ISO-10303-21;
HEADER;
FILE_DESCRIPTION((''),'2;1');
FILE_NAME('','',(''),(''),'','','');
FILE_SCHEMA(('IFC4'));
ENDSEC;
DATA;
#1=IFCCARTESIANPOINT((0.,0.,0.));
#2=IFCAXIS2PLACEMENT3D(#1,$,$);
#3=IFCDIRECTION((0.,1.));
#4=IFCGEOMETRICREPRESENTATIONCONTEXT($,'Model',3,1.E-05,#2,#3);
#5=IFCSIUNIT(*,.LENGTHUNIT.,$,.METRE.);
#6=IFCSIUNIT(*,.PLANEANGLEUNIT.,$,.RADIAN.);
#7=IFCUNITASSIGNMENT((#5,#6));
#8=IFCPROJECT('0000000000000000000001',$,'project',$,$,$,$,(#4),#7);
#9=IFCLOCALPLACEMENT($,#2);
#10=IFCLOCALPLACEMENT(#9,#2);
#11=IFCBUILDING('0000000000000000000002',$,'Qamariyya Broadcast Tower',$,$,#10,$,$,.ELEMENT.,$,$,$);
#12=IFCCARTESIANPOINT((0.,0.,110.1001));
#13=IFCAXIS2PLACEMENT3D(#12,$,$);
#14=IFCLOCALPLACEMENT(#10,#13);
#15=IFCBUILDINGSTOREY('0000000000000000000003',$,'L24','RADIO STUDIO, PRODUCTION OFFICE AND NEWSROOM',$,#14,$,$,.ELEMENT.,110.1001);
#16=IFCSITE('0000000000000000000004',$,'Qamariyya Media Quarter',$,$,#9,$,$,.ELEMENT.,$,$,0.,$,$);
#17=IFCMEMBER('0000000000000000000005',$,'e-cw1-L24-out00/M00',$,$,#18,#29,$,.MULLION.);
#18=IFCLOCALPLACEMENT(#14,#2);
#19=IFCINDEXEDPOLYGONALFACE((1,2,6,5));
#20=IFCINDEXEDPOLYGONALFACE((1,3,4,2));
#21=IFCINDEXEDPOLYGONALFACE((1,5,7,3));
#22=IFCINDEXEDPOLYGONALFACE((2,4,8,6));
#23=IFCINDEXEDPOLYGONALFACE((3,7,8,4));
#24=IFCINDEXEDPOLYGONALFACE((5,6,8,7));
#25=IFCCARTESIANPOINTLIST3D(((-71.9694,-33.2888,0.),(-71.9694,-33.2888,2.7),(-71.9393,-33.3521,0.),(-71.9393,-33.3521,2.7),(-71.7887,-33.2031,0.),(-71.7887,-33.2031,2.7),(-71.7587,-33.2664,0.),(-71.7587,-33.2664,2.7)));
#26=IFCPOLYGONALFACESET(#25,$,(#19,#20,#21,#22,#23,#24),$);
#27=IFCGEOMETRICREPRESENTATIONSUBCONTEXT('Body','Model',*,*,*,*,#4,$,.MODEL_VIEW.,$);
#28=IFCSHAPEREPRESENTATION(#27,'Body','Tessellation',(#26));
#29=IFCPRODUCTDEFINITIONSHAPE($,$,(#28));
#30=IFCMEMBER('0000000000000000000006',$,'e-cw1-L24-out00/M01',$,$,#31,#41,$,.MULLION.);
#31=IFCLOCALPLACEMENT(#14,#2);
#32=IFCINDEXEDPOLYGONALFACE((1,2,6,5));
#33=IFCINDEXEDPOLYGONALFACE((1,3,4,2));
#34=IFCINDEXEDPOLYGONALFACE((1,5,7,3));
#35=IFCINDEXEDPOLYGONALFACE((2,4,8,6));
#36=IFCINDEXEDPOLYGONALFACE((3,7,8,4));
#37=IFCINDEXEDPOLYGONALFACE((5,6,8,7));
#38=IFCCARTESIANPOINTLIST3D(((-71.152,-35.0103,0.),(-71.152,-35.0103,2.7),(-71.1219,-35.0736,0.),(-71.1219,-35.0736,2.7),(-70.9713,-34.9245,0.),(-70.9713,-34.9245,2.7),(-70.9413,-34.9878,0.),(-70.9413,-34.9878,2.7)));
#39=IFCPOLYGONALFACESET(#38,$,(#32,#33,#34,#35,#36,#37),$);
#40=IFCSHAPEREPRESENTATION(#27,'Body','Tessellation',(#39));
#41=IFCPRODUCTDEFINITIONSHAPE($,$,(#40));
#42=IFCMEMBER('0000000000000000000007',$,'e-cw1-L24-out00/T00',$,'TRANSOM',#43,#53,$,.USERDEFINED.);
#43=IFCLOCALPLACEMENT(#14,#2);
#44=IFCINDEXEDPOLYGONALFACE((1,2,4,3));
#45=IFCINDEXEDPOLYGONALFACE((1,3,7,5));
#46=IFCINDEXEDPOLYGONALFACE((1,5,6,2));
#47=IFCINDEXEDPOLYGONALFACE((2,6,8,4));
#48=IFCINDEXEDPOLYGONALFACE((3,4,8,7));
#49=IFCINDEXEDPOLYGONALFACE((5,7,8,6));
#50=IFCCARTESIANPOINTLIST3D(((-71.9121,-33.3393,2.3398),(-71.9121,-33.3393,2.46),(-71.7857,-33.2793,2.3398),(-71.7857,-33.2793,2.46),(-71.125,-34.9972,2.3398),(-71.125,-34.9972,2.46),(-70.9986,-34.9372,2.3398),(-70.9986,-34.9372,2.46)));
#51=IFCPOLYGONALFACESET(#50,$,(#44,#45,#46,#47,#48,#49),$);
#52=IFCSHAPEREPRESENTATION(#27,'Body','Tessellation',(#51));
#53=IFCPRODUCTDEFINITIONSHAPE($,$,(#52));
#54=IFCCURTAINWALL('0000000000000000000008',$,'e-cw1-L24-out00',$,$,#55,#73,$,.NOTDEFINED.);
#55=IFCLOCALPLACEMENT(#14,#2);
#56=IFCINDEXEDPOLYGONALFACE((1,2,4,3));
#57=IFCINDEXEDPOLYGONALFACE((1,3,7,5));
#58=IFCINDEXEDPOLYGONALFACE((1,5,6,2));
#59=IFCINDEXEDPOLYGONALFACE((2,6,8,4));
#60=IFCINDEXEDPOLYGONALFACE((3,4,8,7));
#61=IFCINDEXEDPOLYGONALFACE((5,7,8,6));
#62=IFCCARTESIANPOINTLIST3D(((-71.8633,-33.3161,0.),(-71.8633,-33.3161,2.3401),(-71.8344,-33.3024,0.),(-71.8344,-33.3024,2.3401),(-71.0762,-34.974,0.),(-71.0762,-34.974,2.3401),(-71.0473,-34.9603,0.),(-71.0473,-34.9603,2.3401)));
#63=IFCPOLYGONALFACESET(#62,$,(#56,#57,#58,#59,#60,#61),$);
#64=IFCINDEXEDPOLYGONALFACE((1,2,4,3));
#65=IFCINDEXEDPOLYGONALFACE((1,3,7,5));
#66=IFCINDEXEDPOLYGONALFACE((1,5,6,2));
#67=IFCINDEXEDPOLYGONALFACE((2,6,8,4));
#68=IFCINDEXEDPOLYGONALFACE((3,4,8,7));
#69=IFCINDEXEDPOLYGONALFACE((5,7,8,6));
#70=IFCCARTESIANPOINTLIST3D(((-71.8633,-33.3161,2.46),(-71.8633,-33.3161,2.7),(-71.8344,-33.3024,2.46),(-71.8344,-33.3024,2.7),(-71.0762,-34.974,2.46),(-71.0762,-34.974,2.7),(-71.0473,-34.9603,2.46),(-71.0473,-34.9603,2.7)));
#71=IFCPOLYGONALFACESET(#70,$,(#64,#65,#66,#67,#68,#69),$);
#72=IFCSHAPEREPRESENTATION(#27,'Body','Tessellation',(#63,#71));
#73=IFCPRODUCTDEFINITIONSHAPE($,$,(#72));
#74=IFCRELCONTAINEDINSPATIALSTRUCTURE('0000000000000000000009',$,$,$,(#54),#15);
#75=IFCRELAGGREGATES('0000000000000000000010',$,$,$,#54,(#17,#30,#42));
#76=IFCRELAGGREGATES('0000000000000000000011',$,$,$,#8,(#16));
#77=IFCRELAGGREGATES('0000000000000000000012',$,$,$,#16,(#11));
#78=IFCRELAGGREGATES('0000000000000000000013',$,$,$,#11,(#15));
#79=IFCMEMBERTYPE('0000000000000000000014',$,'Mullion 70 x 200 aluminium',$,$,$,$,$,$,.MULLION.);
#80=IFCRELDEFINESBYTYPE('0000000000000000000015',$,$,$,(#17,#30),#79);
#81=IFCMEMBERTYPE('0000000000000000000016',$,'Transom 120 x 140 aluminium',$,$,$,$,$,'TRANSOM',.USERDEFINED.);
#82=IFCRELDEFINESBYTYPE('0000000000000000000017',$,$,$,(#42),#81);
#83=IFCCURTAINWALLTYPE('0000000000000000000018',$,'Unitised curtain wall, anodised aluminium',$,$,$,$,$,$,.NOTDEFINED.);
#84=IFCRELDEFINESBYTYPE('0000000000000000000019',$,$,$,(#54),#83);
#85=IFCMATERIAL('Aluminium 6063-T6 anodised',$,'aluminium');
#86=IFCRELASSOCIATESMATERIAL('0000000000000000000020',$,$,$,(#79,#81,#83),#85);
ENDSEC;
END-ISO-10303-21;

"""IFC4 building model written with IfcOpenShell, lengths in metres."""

from ifc_helpers import new_model, si_unit, direction, frame, origin, origin_2d, place, context, subcontext, project, spatial, rectangle, extrude, material, material_profile, profile_set, type_object, element, aggregate, save


model = new_model("IFC4")

# Units and contexts
model_context = context("Model", 3, precision=1e-05, world=origin(), true_north=direction((0.0, 1.0)))
body_context = subcontext(model_context, "Body", "Model", "MODEL_VIEW")
ifc_project = project(units=[si_unit("LENGTHUNIT", "METRE"), si_unit("PLANEANGLEUNIT", "RADIAN")], contexts=[model_context])

# Members
ifc_material_1 = material(Name="Aluminium 6063-T6 anodised", Category="aluminium")
ifc_material_profile_1 = material_profile(ifc_material_1, rectangle(XDim=0.2, YDim=0.0701, at=origin_2d()))
ifc_profile_set_1 = profile_set([ifc_material_profile_1], Name="Aluminium 6063-T6 anodised")
member_type_1 = type_object("IfcMemberType", Name="Mullion 70 x 200 aluminium", PredefinedType="MULLION", material=ifc_profile_set_1)
site_placement = place(None, origin())
building_placement = place(site_placement, origin())
storey_placement = place(building_placement, frame((0.0, 0.0, 110.1001)))
member_1_placement = place(storey_placement, frame((-71.864, -33.2776, 0.0), z_axis=(0.0, 0.0, 1.0), x_axis=(0.903356, 0.428891, 0.0)))
member_1 = element("IfcMember", 1, at=member_1_placement, type_object=member_type_1, Name="e-cw1-L24-out00/M00", PredefinedType="MULLION", context=body_context, shape_type="SweptSolid", body=[
    extrude(rectangle(XDim=0.2, YDim=0.0701, at=origin_2d()), origin(), (0.0, 0.0, 1.0), 2.7),
])
member_2_placement = place(storey_placement, frame((-71.0466, -34.999, 0.0), z_axis=(0.0, 0.0, 1.0), x_axis=(0.903356, 0.428891, 0.0)))
member_2 = element("IfcMember", 2, at=member_2_placement, type_object=member_type_1, Name="e-cw1-L24-out00/M01", PredefinedType="MULLION", context=body_context, shape_type="SweptSolid", body=[
    extrude(rectangle(XDim=0.2, YDim=0.0701, at=origin_2d()), origin(), (0.0, 0.0, 1.0), 2.7),
])
ifc_material_profile_2 = material_profile(ifc_material_1, rectangle(XDim=0.1399, YDim=0.1201, at=origin_2d()))
ifc_profile_set_2 = profile_set([ifc_material_profile_2], Name="Aluminium 6063-T6 anodised")
member_type_2 = type_object("IfcMemberType", Name="Transom 120 x 140 aluminium", ElementType="TRANSOM", PredefinedType="USERDEFINED", material=ifc_profile_set_2)
member_3_placement = place(storey_placement, frame((-71.8489, -33.3093, 2.3999), z_axis=(0.42887, -0.903366, 0.0), x_axis=(0.903366, 0.42887, 0.0)))
member_3 = element("IfcMember", 3, at=member_3_placement, type_object=member_type_2, Name="e-cw1-L24-out00/T00", ObjectType="TRANSOM", PredefinedType="USERDEFINED", context=body_context, shape_type="SweptSolid", body=[
    extrude(rectangle(XDim=0.1399, YDim=0.1201, at=origin_2d()), origin(), (0.0, 0.0, 1.0), 1.8352),
])

# Site, building, storey
site = spatial("IfcSite", under=ifc_project, at=site_placement, Name="Qamariyya Media Quarter", CompositionType="ELEMENT", RefElevation=0.0)
building = spatial("IfcBuilding", under=site, at=building_placement, Name="Qamariyya Broadcast Tower", CompositionType="ELEMENT")
storey = spatial("IfcBuildingStorey", under=building, at=storey_placement, Name="L24", Description="RADIO STUDIO, PRODUCTION OFFICE AND NEWSROOM", CompositionType="ELEMENT", Elevation=110.1001)

# Curtain wall
curtain_wall_type = type_object("IfcCurtainWallType", Name="Unitised curtain wall, anodised aluminium", PredefinedType="NOTDEFINED", material=ifc_material_1)
curtain_wall_1_placement = place(storey_placement, origin())
curtain_wall_1 = element("IfcCurtainWall", 4, at=curtain_wall_1_placement, inside=storey, type_object=curtain_wall_type, Name="e-cw1-L24-out00", PredefinedType="NOTDEFINED", context=body_context, shape_type="SweptSolid", body=[
    extrude(rectangle(XDim=1.8352, YDim=0.032, at=origin_2d()), frame((-71.4553, -34.1382, 0.0), x_axis=(0.428878, -0.903363, 0.0)), (0.0, 0.0, 1.0), 2.3401),
    extrude(rectangle(XDim=1.8352, YDim=0.032, at=origin_2d()), frame((-71.4553, -34.1382, 2.46), x_axis=(0.428878, -0.903363, 0.0)), (0.0, 0.0, 1.0), 0.24),
])
aggregate(curtain_wall_1, [member_1, member_2, member_3])

save(model, "model.ifc")
